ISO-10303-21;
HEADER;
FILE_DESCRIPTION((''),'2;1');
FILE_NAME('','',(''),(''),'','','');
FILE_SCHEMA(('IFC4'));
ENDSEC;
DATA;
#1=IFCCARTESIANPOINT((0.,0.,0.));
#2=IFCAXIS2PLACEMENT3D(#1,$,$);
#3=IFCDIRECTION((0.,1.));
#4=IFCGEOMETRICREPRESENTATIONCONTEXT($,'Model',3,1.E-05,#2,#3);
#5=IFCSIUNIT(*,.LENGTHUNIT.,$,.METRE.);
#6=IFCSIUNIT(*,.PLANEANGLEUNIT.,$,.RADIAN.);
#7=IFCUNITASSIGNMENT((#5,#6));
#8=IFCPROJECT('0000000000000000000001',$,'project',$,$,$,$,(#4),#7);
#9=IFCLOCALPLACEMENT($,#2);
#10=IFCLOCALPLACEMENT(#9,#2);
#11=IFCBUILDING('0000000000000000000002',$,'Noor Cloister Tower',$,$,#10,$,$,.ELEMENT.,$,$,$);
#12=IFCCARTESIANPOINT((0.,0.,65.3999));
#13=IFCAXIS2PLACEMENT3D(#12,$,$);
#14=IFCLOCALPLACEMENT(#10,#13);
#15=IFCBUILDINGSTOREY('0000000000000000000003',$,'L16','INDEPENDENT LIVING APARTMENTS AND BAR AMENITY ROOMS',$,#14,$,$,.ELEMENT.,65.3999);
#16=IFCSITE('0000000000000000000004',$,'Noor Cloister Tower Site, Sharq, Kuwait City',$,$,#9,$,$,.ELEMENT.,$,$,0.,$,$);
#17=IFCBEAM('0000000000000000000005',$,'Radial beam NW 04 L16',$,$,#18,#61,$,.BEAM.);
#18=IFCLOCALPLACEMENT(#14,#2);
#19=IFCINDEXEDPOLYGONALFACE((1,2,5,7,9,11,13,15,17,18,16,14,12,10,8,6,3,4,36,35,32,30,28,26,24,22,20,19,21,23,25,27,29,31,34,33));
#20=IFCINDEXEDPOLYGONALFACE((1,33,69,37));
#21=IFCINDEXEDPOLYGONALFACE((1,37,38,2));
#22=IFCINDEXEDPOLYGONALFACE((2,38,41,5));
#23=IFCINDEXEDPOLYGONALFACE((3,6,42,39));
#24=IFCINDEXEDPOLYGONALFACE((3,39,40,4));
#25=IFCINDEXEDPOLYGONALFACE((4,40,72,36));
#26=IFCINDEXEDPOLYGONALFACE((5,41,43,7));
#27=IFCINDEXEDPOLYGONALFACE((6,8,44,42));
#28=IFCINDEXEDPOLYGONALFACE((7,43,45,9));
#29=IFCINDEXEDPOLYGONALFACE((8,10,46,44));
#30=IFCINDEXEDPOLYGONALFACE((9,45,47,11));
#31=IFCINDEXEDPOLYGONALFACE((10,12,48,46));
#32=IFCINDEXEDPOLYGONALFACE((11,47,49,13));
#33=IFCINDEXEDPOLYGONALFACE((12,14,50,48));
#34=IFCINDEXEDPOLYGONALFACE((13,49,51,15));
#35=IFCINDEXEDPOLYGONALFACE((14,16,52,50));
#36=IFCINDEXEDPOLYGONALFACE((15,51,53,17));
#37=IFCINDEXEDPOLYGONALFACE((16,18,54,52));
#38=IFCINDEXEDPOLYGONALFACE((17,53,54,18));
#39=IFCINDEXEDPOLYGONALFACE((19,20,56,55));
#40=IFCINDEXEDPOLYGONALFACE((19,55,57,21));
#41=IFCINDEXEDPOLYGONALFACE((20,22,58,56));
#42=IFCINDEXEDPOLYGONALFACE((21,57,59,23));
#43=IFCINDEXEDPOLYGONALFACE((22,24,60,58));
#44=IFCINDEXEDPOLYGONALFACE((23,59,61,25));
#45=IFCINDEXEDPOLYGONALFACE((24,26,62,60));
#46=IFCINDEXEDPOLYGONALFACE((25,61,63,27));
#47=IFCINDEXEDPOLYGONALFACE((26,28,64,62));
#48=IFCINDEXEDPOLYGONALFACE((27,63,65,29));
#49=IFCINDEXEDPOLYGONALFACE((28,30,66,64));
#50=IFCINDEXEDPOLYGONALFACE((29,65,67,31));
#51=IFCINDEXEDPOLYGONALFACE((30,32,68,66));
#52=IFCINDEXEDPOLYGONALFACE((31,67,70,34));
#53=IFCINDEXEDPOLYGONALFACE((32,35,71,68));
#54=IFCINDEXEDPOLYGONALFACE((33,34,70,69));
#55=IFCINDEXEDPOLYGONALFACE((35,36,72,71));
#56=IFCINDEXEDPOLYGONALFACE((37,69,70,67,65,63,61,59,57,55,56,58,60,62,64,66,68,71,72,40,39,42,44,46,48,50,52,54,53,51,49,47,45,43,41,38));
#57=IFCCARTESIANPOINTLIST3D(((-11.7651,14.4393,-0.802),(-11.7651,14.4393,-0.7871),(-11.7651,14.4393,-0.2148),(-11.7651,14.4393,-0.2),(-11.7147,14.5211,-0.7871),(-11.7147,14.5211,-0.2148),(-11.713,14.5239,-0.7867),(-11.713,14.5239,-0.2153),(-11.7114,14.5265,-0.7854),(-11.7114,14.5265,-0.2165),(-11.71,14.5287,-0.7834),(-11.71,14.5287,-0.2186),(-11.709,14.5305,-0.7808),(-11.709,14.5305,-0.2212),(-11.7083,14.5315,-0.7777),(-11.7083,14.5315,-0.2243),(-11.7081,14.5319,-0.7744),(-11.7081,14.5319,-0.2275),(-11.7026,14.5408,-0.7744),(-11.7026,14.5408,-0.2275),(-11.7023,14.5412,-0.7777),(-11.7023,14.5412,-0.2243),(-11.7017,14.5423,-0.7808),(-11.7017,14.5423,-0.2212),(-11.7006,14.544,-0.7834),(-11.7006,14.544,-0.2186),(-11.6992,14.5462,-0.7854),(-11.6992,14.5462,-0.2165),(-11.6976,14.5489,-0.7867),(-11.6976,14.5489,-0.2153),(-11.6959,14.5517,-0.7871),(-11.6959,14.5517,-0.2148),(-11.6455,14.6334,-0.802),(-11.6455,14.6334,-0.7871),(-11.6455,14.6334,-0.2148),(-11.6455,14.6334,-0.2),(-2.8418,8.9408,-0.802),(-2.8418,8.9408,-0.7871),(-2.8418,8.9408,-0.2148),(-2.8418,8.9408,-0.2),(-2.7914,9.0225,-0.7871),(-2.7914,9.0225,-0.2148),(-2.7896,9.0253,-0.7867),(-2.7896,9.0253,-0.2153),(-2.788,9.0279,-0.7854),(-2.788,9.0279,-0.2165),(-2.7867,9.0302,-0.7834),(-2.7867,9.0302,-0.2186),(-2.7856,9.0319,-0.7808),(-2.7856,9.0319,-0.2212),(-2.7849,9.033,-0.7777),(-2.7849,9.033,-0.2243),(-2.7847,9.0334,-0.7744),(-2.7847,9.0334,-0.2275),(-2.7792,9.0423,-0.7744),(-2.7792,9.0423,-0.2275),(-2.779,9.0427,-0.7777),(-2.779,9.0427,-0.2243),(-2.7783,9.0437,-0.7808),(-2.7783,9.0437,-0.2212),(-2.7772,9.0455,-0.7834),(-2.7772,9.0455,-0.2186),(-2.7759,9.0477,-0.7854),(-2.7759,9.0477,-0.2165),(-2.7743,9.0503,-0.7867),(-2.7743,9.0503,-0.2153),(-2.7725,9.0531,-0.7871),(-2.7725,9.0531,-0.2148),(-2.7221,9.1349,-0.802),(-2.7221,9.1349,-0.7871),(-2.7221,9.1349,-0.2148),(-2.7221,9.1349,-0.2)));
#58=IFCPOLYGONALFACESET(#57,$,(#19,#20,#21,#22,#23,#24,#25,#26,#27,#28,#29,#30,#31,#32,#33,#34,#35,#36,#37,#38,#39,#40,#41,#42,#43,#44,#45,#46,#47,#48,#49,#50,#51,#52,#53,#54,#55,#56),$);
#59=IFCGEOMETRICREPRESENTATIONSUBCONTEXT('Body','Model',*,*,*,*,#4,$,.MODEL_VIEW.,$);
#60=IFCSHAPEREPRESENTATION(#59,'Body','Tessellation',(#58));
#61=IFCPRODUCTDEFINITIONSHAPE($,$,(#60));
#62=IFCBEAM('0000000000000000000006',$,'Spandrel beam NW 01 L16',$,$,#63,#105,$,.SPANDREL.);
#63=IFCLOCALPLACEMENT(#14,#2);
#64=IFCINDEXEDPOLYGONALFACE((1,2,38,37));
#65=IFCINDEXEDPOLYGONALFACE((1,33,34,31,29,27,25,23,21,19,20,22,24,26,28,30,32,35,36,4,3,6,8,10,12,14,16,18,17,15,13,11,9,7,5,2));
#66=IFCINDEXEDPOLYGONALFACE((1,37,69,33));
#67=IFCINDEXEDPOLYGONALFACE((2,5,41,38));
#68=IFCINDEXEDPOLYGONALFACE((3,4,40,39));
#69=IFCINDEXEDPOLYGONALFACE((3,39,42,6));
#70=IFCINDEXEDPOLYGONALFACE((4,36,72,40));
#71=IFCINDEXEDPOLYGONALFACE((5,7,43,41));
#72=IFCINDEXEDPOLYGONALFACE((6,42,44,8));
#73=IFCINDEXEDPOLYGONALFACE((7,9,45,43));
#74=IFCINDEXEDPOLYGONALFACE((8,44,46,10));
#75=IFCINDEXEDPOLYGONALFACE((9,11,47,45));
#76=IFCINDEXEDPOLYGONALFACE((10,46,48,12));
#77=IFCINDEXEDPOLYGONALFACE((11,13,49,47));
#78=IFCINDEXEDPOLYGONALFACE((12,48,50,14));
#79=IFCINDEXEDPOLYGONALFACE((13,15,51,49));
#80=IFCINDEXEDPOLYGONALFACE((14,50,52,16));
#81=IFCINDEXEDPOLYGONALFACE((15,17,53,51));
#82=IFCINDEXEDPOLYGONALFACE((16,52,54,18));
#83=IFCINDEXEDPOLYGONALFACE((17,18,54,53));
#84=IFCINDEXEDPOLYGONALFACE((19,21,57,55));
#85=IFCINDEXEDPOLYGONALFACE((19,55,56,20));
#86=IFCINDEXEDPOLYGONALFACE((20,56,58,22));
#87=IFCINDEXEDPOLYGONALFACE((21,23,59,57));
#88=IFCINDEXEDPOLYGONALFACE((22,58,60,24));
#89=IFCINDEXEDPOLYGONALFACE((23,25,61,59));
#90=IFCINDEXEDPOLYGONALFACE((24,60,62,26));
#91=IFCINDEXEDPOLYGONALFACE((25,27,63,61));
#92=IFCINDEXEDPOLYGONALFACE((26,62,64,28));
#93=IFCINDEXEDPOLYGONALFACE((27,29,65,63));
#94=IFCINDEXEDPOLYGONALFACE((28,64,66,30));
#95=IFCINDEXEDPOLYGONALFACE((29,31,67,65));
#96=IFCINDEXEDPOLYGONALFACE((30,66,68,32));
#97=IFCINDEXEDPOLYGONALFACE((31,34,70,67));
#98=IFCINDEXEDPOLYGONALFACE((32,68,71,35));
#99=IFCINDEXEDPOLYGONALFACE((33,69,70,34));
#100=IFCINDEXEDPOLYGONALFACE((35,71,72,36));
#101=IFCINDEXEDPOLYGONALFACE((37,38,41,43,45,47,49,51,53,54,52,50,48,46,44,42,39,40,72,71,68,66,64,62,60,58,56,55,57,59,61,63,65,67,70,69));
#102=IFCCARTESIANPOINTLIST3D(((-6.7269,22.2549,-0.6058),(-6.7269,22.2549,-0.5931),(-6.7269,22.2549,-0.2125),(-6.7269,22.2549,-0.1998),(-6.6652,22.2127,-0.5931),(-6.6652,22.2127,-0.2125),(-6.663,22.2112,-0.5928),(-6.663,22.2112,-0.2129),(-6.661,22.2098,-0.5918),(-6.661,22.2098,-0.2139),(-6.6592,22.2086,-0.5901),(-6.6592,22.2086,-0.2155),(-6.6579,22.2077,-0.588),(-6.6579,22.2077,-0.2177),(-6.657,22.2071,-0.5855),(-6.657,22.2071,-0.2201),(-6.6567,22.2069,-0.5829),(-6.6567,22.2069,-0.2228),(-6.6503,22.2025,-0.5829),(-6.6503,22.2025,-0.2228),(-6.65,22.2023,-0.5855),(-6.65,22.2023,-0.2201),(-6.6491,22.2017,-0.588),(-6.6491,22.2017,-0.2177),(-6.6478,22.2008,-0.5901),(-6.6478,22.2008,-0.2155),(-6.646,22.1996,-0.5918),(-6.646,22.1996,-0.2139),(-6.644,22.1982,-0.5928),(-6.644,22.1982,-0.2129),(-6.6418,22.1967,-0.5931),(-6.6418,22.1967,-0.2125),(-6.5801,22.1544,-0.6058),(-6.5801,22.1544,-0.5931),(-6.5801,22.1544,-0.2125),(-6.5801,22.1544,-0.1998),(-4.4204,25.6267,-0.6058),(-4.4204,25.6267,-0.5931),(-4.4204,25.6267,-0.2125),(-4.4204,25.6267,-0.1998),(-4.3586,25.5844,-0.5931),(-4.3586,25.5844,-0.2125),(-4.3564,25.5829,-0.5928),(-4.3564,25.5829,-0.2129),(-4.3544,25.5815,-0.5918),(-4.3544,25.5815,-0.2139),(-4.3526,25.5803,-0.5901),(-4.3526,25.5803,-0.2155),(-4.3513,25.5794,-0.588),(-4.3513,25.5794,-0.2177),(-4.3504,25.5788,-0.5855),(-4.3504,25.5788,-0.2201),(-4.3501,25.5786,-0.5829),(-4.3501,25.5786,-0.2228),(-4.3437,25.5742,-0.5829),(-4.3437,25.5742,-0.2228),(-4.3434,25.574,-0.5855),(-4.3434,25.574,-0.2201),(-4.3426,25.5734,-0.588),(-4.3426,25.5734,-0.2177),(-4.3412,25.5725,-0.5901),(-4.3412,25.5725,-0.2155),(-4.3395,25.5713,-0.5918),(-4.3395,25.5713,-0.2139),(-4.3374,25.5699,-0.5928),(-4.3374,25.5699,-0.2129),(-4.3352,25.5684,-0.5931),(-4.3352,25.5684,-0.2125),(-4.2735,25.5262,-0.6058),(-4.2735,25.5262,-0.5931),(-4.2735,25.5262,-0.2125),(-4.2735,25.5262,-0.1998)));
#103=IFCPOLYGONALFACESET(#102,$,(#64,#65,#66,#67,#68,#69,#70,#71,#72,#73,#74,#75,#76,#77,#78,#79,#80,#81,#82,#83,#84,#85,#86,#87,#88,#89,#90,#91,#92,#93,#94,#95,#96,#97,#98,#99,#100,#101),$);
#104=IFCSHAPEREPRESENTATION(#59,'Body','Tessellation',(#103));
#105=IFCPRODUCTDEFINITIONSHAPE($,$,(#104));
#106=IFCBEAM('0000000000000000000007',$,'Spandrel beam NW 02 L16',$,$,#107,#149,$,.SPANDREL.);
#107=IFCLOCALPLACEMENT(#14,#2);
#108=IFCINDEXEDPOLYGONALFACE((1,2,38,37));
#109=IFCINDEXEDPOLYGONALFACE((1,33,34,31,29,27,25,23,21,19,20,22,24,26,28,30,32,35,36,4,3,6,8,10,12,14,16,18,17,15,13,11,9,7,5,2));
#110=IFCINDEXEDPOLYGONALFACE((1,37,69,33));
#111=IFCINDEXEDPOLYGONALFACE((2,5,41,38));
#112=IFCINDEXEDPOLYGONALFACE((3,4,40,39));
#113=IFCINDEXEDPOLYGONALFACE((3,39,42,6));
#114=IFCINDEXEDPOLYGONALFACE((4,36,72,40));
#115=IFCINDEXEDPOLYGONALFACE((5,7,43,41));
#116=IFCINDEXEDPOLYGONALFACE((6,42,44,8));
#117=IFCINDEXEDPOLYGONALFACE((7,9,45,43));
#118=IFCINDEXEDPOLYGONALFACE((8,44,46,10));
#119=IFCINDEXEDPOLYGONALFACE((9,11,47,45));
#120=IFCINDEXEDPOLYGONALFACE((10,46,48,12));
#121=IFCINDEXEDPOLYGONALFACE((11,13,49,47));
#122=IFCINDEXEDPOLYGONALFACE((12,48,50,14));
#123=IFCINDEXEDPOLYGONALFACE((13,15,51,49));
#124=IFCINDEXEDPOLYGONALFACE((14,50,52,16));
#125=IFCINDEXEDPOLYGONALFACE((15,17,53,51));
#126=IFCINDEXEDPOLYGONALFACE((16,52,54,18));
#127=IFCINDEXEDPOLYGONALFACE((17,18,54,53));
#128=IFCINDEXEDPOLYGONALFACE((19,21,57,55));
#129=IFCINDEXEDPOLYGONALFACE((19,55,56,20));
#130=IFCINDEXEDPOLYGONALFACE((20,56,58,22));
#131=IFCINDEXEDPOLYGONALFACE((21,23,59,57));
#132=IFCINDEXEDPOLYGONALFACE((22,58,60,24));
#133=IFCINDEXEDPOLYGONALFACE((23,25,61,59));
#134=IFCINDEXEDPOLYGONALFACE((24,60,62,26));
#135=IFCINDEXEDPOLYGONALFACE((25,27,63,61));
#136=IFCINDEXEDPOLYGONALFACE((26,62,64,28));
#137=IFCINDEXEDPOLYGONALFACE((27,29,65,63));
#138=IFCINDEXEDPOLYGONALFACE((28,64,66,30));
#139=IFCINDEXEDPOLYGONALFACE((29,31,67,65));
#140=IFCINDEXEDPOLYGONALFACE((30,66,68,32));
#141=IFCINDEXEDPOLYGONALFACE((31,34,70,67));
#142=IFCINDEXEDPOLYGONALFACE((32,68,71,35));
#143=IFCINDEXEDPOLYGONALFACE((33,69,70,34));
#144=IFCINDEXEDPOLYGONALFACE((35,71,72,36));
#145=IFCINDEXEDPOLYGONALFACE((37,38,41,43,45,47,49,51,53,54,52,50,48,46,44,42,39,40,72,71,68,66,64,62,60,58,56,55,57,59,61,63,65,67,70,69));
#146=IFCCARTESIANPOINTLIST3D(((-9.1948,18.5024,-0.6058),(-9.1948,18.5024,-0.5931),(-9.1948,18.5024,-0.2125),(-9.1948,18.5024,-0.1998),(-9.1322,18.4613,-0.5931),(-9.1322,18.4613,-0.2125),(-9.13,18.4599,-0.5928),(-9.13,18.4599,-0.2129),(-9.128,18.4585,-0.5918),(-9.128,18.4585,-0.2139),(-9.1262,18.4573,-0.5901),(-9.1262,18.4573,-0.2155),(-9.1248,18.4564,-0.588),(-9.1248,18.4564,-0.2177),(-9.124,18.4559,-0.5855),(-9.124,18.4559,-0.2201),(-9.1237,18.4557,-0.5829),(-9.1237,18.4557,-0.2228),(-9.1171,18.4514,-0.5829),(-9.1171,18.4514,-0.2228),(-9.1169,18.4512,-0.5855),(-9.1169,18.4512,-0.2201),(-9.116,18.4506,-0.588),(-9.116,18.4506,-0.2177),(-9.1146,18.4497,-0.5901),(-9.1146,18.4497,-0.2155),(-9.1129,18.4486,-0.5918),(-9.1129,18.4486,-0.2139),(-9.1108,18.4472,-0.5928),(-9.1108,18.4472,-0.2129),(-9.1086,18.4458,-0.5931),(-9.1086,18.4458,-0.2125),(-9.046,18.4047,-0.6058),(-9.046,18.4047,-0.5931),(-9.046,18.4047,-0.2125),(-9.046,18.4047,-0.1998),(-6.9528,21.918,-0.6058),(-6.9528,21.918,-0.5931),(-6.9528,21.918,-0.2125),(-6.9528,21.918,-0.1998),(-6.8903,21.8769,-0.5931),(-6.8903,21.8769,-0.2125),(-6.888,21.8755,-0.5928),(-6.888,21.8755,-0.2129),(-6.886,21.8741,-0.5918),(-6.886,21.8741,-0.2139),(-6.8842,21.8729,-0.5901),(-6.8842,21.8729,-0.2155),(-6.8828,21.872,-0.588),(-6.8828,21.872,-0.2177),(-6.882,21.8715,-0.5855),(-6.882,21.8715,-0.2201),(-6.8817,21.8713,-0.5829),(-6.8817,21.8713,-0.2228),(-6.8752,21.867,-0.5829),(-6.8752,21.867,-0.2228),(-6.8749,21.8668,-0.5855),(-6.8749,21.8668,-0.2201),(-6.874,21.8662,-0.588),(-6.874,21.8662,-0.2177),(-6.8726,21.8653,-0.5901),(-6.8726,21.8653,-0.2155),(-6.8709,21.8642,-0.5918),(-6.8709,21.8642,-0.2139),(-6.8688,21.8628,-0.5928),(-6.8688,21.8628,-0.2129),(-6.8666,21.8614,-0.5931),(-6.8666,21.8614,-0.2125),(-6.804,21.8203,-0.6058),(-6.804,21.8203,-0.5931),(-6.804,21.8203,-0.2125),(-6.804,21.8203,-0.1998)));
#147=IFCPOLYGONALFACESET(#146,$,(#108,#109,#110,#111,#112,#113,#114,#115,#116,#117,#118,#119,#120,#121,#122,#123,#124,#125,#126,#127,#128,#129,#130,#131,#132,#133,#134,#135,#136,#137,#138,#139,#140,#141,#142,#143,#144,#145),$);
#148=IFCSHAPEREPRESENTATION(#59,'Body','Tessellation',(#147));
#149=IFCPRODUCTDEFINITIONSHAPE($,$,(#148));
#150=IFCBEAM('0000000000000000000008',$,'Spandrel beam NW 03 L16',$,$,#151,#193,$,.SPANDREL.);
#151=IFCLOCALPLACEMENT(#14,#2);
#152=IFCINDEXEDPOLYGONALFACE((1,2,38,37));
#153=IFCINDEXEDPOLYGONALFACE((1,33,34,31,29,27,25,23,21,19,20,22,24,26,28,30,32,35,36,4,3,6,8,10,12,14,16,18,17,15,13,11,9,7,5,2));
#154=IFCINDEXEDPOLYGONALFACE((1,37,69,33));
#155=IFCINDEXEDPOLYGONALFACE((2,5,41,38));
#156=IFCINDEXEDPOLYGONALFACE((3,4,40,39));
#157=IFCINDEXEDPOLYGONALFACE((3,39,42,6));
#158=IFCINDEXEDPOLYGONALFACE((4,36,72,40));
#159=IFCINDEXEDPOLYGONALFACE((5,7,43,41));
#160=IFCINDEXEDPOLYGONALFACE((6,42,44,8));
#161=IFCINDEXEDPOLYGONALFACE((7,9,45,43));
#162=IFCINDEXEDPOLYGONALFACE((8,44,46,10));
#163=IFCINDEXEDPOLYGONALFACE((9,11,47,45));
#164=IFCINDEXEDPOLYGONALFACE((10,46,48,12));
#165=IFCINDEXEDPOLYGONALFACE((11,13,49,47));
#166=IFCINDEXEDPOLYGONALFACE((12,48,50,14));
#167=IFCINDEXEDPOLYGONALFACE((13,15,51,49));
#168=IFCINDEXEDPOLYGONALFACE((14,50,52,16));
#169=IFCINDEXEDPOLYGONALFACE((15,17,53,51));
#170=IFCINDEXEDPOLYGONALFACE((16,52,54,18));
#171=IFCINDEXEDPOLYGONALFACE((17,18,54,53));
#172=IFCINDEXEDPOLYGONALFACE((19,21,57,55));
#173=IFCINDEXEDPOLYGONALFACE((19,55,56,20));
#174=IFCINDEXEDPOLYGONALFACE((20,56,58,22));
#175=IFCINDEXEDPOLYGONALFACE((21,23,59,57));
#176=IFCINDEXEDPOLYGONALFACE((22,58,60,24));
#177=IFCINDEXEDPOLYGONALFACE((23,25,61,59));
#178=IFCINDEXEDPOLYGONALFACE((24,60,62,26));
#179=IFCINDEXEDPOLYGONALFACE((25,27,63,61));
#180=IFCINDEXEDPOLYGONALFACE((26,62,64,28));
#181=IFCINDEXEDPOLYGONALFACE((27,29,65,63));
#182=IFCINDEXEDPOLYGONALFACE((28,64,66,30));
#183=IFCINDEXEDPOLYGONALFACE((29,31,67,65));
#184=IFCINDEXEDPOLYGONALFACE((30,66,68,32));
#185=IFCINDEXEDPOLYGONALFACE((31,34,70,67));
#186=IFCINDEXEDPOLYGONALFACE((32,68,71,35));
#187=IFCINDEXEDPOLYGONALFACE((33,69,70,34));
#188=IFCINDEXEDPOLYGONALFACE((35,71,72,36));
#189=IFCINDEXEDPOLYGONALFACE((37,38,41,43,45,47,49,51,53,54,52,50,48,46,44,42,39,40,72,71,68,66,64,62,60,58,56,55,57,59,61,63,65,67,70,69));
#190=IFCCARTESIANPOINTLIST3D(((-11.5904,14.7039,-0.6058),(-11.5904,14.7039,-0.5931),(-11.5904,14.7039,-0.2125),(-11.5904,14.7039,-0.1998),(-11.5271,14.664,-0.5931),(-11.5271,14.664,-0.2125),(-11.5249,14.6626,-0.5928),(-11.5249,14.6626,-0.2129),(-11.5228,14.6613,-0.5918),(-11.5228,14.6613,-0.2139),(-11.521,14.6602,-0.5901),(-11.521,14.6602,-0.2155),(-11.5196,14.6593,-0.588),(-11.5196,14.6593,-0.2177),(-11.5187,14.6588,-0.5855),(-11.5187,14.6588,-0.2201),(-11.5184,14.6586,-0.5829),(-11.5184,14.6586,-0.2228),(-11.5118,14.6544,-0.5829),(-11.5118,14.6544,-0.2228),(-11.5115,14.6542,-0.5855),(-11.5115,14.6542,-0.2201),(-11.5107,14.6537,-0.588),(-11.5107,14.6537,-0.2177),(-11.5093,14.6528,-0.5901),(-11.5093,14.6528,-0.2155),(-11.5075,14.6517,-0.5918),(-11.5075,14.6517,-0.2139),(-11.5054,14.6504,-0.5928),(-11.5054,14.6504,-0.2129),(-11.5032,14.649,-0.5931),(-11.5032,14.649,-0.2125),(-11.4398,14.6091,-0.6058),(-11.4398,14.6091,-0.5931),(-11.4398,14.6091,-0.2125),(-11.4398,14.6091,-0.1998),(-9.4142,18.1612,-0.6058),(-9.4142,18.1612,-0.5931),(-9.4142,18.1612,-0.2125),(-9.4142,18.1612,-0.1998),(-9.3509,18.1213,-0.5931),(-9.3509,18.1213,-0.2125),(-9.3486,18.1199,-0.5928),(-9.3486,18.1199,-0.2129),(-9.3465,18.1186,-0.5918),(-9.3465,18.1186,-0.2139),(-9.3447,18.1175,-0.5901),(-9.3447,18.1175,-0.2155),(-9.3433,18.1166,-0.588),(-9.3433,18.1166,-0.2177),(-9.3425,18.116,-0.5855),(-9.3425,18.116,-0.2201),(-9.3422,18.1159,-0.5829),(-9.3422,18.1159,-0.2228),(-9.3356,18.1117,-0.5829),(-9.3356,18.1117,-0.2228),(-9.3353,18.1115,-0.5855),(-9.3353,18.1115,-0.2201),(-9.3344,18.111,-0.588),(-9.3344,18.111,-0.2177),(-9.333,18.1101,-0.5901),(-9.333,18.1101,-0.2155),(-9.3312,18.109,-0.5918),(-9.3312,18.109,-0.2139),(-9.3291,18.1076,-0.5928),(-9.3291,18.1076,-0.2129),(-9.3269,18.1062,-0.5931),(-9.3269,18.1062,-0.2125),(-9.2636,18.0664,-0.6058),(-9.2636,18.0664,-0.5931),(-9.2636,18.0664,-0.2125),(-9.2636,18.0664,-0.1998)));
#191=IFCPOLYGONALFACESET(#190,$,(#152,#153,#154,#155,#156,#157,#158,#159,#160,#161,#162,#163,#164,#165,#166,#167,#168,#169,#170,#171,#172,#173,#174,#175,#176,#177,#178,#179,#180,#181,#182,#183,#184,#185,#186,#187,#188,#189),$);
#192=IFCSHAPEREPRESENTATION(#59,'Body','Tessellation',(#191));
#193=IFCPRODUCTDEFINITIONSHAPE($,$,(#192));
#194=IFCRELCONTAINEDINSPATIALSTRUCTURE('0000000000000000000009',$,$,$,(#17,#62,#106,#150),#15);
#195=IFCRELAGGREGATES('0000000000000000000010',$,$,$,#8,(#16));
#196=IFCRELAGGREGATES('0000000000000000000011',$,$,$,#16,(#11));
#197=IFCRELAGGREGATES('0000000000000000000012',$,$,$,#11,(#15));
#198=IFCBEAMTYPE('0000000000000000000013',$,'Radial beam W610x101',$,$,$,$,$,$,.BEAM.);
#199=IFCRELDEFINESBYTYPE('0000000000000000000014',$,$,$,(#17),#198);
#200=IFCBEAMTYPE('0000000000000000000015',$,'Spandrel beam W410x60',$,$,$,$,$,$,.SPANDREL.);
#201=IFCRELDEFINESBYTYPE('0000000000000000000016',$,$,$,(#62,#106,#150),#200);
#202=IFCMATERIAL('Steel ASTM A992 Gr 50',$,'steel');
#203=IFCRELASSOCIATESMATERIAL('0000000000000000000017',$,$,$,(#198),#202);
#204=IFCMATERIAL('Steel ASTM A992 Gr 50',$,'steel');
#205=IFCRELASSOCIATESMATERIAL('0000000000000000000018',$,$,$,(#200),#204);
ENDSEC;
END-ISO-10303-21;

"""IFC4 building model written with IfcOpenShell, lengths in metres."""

from ifc_helpers import new_model, si_unit, direction, frame, origin, origin_2d, place, context, subcontext, project, spatial, i_section, extrude, material, material_profile, profile_set, type_object, element, save


model = new_model("IFC4")

# Units and contexts
model_context = context("Model", 3, precision=1e-05, world=origin(), true_north=direction((0.0, 1.0)))
body_context = subcontext(model_context, "Body", "Model", "MODEL_VIEW")
ifc_project = project(units=[si_unit("LENGTHUNIT", "METRE"), si_unit("PLANEANGLEUNIT", "RADIAN")], contexts=[model_context])

# Site, building, storey
site_placement = place(None, origin())
site = spatial("IfcSite", under=ifc_project, at=site_placement, Name="Noor Cloister Tower Site, Sharq, Kuwait City", CompositionType="ELEMENT", RefElevation=0.0)
building_placement = place(site_placement, origin())
building = spatial("IfcBuilding", under=site, at=building_placement, Name="Noor Cloister Tower", CompositionType="ELEMENT")
storey_placement = place(building_placement, frame((0.0, 0.0, 65.3999)))
storey = spatial("IfcBuildingStorey", under=building, at=storey_placement, Name="L16", Description="INDEPENDENT LIVING APARTMENTS AND BAR AMENITY ROOMS", CompositionType="ELEMENT", Elevation=65.3999)

# Beams
ifc_material_1 = material(Name="Steel ASTM A992 Gr 50", Category="steel")
ifc_material_profile_1 = material_profile(ifc_material_1, i_section(OverallWidth=0.228, OverallDepth=0.6021, WebThickness=0.0105, FlangeThickness=0.0149, FilletRadius=0.0127, at=origin_2d()), Name="W610x101")
ifc_profile_set_1 = profile_set([ifc_material_profile_1], Name="Steel ASTM A992 Gr 50")
beam_type_1 = type_object("IfcBeamType", Name="Radial beam W610x101", PredefinedType="BEAM", material=ifc_profile_set_1)
beam_1_placement = place(storey_placement, frame((-11.7053, 14.5364, -0.501), z_axis=(0.851349, -0.524599, 0.0), x_axis=(0.524599, 0.851349, 0.0)))
element("IfcBeam", 1, at=beam_1_placement, inside=storey, type_object=beam_type_1, Name="Radial beam NW 04 L16", PredefinedType="BEAM", context=body_context, shape_type="SweptSolid", body=[
    extrude(i_section(OverallWidth=0.228, OverallDepth=0.6021, WebThickness=0.0105, FlangeThickness=0.0149, FilletRadius=0.0127, at=origin_2d()), origin(), (0.0, 0.0, 1.0), 10.4814),
])
ifc_material_2 = material(Name="Steel ASTM A992 Gr 50", Category="steel")
ifc_material_profile_2 = material_profile(ifc_material_2, i_section(OverallWidth=0.178, OverallDepth=0.406, WebThickness=0.0078, FlangeThickness=0.0127, FilletRadius=0.0103, at=origin_2d()), Name="W410x60")
ifc_profile_set_2 = profile_set([ifc_material_profile_2], Name="Steel ASTM A992 Gr 50")
beam_type_2 = type_object("IfcBeamType", Name="Spandrel beam W410x60", PredefinedType="SPANDREL", material=ifc_profile_set_2)
beam_2_placement = place(storey_placement, frame((-4.3469, 25.5764, -0.4028), z_axis=(-0.564618, -0.825353, 0.0), x_axis=(0.825353, -0.564618, 0.0)))
element("IfcBeam", 2, at=beam_2_placement, inside=storey, type_object=beam_type_2, Name="Spandrel beam NW 01 L16", PredefinedType="SPANDREL", context=body_context, shape_type="SweptSolid", body=[
    extrude(i_section(OverallWidth=0.178, OverallDepth=0.406, WebThickness=0.0078, FlangeThickness=0.0127, FilletRadius=0.0103, at=origin_2d()), origin(), (0.0, 0.0, 1.0), 4.0852),
])
beam_3_placement = place(storey_placement, frame((-6.8784, 21.8691, -0.4028), z_axis=(-0.548743, -0.835991, 0.0), x_axis=(0.835991, -0.548743, 0.0)))
element("IfcBeam", 3, at=beam_3_placement, inside=storey, type_object=beam_type_2, Name="Spandrel beam NW 02 L16", PredefinedType="SPANDREL", context=body_context, shape_type="SweptSolid", body=[
    extrude(i_section(OverallWidth=0.178, OverallDepth=0.406, WebThickness=0.0078, FlangeThickness=0.0127, FilletRadius=0.0103, at=origin_2d()), origin(), (0.0, 0.0, 1.0), 4.0857),
])
beam_4_placement = place(storey_placement, frame((-9.3389, 18.1138, -0.4028), z_axis=(-0.53272, -0.846292, 0.0), x_axis=(0.846292, -0.53272, 0.0)))
element("IfcBeam", 4, at=beam_4_placement, inside=storey, type_object=beam_type_2, Name="Spandrel beam NW 03 L16", PredefinedType="SPANDREL", context=body_context, shape_type="SweptSolid", body=[
    extrude(i_section(OverallWidth=0.178, OverallDepth=0.406, WebThickness=0.0078, FlangeThickness=0.0127, FilletRadius=0.0103, at=origin_2d()), origin(), (0.0, 0.0, 1.0), 4.0852),
])

save(model, "model.ifc")
